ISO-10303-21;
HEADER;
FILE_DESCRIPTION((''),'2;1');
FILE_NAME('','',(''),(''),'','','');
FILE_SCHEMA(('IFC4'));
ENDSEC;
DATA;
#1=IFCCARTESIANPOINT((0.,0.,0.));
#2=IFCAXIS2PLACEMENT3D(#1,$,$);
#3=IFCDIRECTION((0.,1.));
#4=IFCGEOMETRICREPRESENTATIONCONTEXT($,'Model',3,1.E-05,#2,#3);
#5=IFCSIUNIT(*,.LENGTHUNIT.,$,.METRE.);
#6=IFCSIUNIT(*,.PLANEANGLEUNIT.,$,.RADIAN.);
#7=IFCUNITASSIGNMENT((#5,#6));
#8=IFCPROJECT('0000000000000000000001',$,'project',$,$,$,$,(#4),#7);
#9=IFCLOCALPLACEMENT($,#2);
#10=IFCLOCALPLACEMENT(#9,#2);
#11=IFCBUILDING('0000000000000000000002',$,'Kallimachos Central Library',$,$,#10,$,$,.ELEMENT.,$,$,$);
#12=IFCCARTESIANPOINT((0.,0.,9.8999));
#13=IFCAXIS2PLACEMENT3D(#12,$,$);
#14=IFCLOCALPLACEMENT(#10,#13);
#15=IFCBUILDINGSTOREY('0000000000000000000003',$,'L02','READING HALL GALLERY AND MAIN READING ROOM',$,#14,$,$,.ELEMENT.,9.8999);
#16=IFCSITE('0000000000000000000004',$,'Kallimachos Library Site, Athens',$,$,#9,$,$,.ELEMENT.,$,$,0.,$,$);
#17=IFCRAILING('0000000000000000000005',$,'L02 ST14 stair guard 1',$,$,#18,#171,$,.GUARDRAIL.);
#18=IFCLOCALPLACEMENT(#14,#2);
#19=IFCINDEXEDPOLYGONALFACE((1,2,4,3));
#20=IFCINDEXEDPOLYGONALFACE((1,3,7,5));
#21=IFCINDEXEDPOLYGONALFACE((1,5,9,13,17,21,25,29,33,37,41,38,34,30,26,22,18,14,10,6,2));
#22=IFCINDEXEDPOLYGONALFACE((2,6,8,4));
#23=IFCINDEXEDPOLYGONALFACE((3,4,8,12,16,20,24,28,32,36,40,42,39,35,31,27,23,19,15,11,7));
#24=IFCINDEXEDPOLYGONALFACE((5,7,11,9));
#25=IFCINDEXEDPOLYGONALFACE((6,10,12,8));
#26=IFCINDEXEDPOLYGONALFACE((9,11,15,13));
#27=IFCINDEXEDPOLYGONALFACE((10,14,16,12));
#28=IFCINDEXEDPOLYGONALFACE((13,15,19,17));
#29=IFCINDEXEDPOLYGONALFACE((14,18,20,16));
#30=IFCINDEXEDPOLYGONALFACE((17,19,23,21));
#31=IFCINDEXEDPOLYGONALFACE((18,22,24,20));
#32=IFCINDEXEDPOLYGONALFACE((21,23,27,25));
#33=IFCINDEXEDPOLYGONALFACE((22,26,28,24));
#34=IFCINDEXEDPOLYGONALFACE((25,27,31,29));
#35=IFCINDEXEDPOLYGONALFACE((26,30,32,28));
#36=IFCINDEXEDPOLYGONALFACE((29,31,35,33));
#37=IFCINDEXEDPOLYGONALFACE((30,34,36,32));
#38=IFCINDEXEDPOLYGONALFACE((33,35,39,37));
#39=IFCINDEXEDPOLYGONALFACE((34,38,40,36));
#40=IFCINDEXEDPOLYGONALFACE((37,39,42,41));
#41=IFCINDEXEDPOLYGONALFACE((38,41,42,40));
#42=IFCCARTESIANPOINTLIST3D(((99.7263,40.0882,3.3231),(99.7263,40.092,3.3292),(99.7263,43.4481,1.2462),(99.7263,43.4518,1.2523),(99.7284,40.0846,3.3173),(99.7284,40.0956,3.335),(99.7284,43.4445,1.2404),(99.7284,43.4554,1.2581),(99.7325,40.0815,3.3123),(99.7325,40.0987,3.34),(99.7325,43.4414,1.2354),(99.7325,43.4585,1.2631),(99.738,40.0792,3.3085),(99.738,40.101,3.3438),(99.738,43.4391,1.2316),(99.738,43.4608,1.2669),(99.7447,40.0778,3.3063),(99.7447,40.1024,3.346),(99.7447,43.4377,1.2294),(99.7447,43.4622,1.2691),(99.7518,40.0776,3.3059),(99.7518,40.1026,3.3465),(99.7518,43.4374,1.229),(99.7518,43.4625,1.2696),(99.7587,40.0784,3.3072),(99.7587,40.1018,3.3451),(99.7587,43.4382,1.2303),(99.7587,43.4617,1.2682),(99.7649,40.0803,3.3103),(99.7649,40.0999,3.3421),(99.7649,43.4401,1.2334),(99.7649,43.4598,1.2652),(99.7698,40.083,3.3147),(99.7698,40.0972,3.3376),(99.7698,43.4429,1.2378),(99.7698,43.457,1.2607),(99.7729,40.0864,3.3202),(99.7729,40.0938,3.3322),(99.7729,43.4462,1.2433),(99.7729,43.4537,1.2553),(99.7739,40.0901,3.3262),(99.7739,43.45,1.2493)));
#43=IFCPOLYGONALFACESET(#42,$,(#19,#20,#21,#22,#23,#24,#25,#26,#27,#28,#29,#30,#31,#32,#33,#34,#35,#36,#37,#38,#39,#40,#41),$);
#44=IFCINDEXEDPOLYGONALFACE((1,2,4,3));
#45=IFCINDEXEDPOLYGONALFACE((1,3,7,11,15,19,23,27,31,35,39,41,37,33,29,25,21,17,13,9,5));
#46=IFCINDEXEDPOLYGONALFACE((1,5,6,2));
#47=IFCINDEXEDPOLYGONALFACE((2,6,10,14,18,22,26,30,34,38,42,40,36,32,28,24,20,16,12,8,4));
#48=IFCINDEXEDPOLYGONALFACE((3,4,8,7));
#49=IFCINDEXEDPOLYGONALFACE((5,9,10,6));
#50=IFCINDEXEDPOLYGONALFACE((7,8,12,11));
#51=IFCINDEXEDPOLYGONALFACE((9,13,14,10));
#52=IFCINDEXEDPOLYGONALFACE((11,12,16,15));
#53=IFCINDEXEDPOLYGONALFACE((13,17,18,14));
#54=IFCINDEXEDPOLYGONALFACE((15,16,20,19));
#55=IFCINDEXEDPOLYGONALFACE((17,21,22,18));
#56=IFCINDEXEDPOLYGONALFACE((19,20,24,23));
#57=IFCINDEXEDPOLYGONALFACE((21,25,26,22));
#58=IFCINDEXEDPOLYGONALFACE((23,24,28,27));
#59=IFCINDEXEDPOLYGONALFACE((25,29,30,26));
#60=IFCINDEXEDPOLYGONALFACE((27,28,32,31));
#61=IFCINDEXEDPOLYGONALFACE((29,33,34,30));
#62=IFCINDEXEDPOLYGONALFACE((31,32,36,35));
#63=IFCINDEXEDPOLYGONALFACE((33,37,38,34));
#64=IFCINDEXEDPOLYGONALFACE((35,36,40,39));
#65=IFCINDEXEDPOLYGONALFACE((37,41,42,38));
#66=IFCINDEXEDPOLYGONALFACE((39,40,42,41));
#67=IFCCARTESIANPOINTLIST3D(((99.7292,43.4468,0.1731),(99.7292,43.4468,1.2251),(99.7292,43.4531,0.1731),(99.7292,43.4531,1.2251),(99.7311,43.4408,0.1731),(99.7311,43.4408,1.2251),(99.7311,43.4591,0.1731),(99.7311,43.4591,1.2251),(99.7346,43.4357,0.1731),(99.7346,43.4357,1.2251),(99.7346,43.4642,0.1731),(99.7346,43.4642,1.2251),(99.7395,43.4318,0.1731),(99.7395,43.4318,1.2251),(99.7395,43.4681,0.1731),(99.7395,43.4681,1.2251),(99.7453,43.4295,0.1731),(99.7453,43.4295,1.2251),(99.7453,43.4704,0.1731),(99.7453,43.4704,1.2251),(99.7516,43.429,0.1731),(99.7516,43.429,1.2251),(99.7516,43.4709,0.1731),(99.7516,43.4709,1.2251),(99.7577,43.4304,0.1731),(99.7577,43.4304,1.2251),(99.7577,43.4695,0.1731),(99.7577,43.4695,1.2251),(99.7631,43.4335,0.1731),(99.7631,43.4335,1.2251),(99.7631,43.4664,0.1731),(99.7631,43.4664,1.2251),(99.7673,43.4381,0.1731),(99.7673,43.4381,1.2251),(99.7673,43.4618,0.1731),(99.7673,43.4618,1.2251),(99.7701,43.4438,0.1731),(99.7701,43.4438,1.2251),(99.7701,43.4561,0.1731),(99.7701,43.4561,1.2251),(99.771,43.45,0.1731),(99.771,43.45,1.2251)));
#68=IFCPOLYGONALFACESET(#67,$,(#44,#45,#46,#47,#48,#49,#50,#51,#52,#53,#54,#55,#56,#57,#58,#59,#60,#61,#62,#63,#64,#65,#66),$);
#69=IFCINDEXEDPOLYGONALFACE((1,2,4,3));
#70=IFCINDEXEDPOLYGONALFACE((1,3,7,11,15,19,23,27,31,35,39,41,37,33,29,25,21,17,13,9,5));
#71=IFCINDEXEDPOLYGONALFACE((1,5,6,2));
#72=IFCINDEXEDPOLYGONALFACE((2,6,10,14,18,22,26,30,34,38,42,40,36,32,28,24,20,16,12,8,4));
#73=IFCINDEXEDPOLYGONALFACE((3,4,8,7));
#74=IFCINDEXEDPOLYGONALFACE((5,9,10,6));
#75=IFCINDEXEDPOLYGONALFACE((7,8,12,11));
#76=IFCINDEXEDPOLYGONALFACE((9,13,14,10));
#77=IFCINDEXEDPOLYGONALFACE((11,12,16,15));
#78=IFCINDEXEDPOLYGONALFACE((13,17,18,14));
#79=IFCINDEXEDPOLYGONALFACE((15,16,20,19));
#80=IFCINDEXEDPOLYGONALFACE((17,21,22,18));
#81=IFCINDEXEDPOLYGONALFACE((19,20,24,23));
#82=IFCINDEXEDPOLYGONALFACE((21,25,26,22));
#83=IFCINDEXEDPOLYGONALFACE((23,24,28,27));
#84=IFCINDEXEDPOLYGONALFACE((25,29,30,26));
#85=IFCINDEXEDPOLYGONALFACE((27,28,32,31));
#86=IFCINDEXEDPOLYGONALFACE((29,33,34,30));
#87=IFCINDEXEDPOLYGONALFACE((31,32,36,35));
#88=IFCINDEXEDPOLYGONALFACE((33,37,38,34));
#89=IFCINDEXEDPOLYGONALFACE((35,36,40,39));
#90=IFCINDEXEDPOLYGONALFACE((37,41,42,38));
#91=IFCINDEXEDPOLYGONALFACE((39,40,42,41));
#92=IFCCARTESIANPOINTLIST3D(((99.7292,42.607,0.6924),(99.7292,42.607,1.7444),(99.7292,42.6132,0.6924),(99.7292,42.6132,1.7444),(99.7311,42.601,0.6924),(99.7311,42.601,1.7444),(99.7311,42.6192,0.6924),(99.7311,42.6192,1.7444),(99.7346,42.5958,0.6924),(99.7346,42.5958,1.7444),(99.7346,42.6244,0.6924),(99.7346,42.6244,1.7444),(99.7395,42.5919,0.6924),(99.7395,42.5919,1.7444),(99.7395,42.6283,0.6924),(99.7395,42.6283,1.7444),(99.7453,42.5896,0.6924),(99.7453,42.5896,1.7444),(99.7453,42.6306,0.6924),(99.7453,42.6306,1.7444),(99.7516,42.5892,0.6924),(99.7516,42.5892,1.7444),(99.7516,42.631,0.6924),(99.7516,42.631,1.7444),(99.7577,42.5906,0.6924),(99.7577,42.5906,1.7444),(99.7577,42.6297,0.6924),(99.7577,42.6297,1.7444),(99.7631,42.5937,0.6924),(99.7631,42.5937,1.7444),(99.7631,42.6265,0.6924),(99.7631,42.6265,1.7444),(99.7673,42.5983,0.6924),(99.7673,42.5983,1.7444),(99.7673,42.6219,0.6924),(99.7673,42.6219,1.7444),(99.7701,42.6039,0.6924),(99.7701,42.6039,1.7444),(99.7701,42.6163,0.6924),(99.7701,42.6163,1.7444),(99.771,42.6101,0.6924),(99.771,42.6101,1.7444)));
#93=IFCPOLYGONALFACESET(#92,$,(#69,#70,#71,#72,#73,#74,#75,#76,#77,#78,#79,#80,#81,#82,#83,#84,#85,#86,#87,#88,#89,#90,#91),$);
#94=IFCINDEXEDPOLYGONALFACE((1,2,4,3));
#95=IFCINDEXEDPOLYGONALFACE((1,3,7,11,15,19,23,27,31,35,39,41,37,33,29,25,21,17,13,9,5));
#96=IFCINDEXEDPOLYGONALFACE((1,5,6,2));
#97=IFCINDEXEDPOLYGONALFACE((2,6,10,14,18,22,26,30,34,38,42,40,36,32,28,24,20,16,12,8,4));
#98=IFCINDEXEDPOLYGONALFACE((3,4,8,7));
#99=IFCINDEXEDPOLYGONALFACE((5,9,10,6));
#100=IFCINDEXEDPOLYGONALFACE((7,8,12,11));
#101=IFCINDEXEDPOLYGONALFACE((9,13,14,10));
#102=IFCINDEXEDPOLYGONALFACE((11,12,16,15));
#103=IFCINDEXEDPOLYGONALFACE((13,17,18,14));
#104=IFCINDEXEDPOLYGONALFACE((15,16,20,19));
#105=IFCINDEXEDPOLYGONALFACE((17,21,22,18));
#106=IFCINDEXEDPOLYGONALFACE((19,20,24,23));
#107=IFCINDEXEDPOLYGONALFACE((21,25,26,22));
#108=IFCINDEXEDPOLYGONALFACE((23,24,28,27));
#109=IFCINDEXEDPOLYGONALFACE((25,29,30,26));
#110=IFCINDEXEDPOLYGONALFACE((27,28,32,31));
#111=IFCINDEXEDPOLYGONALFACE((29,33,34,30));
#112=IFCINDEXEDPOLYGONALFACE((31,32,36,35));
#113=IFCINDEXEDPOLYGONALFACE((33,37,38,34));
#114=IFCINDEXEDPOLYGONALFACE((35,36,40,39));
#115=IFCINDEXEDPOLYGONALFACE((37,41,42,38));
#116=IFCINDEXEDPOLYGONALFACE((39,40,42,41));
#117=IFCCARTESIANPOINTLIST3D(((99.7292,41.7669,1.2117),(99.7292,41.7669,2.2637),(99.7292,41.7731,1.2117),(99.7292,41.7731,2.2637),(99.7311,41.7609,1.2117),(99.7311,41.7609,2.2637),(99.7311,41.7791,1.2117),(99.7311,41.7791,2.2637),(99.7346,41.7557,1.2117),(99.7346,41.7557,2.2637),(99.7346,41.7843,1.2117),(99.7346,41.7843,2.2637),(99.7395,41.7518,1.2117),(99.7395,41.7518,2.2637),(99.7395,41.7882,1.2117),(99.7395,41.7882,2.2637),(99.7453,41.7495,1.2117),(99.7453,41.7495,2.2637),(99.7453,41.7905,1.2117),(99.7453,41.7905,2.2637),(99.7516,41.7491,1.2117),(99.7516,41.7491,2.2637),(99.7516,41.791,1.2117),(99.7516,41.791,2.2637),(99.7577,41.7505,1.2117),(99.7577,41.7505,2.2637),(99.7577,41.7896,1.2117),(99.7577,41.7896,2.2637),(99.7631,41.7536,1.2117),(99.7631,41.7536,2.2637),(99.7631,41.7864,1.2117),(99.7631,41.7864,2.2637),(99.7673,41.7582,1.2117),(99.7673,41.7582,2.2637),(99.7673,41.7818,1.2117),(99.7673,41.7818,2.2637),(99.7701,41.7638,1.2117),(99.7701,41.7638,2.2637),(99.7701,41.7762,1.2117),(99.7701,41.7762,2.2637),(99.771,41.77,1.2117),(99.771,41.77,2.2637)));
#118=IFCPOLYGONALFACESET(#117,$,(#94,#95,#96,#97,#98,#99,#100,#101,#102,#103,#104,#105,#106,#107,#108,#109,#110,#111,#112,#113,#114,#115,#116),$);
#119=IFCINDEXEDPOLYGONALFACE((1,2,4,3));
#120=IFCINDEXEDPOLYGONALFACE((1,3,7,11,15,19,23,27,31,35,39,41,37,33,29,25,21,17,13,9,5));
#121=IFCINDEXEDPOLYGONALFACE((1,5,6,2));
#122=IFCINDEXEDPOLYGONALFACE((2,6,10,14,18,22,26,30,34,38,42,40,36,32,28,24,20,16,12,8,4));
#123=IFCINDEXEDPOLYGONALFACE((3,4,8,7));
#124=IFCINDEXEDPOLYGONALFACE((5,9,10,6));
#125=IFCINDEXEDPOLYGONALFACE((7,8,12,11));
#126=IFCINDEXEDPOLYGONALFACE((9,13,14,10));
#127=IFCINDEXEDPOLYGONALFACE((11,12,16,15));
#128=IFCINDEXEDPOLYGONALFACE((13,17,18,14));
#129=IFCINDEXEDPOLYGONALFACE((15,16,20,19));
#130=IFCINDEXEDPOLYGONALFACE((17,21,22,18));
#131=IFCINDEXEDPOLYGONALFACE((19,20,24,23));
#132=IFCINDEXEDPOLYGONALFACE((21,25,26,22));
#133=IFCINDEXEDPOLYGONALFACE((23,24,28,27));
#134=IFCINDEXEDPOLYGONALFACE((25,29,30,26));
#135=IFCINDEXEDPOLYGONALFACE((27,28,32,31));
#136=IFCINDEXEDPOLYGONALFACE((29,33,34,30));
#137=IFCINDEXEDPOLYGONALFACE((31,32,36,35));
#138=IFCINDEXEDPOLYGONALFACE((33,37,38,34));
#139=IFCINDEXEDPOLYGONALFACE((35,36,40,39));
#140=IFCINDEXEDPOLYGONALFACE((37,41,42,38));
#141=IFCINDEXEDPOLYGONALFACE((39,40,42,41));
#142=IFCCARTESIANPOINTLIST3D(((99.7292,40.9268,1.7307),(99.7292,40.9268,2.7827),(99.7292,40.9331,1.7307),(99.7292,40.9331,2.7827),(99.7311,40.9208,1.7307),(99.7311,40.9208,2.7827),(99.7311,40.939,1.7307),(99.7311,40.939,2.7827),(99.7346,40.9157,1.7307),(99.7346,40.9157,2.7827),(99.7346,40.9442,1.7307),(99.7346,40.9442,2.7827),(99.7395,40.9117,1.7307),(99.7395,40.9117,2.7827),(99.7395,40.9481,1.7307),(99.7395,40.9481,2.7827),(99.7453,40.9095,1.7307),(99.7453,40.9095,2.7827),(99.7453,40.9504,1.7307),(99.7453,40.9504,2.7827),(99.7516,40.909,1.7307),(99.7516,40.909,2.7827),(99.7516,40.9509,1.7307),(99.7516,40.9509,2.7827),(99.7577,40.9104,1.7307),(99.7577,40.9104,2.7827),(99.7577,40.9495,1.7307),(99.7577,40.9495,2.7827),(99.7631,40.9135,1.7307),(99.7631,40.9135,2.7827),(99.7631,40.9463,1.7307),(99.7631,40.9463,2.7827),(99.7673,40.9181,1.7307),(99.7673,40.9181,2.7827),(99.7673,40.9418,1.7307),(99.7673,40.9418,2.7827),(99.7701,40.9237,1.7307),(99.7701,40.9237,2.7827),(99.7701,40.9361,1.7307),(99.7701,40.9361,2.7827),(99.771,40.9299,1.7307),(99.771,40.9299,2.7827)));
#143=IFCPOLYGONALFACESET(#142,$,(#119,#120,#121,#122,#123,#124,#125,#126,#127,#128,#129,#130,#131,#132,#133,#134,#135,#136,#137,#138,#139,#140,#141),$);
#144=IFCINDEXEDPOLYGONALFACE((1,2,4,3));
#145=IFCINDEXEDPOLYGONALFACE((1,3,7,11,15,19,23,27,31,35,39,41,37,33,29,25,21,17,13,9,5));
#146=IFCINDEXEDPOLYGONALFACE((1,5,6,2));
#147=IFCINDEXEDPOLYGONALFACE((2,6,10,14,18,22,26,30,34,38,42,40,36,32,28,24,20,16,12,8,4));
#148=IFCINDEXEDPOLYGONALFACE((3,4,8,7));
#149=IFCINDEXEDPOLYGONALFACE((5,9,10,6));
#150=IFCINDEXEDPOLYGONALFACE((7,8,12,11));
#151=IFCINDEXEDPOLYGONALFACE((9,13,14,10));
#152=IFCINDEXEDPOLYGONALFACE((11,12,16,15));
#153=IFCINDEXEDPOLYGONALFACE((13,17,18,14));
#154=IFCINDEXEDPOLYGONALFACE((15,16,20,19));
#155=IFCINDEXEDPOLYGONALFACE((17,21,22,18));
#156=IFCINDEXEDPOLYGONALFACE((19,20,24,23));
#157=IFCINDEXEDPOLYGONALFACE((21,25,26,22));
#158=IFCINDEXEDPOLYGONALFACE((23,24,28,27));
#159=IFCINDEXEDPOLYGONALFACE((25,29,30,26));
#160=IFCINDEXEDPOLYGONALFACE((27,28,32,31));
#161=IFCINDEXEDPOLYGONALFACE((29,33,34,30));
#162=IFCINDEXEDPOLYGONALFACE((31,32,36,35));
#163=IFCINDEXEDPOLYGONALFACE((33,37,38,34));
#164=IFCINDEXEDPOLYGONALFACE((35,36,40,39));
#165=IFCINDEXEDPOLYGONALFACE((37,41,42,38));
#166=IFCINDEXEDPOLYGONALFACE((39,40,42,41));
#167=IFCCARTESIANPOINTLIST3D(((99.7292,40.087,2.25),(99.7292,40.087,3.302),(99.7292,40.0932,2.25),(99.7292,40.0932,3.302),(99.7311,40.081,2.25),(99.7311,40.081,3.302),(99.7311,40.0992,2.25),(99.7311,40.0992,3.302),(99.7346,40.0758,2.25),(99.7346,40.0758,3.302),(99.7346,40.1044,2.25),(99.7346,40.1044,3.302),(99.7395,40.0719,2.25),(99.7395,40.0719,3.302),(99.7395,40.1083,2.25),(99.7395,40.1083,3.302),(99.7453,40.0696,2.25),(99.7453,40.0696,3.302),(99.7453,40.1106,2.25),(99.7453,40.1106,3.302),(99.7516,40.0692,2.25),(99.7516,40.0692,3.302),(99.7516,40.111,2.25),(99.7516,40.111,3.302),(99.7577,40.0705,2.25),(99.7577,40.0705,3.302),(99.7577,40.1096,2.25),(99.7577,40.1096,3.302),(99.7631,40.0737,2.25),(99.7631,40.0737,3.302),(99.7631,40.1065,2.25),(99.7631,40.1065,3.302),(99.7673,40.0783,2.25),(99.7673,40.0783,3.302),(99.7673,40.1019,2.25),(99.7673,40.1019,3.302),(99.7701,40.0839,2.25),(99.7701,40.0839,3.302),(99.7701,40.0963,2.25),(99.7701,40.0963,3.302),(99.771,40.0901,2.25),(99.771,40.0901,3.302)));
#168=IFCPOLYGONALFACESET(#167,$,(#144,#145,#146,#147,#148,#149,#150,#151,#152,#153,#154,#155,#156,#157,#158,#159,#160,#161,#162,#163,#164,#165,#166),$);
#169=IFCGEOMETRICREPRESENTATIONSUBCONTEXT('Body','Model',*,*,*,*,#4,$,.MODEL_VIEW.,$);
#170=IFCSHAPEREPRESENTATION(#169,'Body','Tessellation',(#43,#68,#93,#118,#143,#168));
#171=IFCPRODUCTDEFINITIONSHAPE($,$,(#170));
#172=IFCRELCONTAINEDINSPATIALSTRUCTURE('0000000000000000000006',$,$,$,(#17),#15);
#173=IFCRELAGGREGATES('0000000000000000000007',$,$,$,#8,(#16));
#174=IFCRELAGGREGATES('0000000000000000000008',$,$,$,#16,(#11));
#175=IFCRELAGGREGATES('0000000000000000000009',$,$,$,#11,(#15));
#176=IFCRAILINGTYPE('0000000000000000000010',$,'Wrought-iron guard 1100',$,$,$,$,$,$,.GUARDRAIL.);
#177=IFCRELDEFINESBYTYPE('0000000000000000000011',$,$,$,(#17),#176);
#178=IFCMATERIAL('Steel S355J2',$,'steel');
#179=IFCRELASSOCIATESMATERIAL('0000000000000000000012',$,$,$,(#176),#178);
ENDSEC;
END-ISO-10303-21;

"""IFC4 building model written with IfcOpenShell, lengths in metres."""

from ifc_helpers import new_model, si_unit, direction, frame, origin, origin_2d, place, context, subcontext, project, spatial, circle, extrude, material, type_object, element, save


model = new_model("IFC4")

# Units and contexts
model_context = context("Model", 3, precision=1e-05, world=origin(), true_north=direction((0.0, 1.0)))
body_context = subcontext(model_context, "Body", "Model", "MODEL_VIEW")
ifc_project = project(units=[si_unit("LENGTHUNIT", "METRE"), si_unit("PLANEANGLEUNIT", "RADIAN")], contexts=[model_context])

# Site, building, storey
site_placement = place(None, origin())
site = spatial("IfcSite", under=ifc_project, at=site_placement, Name="Kallimachos Library Site, Athens", CompositionType="ELEMENT", RefElevation=0.0)
building_placement = place(site_placement, origin())
building = spatial("IfcBuilding", under=site, at=building_placement, Name="Kallimachos Central Library", CompositionType="ELEMENT")
storey_placement = place(building_placement, frame((0.0, 0.0, 9.8999)))
storey = spatial("IfcBuildingStorey", under=building, at=storey_placement, Name="L02", Description="READING HALL GALLERY AND MAIN READING ROOM", CompositionType="ELEMENT", Elevation=9.8999)

# Railing
ifc_material_1 = material(Name="Steel S355J2", Category="steel")
railing_type = type_object("IfcRailingType", Name="Wrought-iron guard 1100", PredefinedType="GUARDRAIL", material=ifc_material_1)
railing_1_placement = place(storey_placement, frame((99.75, 43.45, 0.1731)))
element("IfcRailing", 1, at=railing_1_placement, inside=storey, type_object=railing_type, Name="L02 ST14 stair guard 1", PredefinedType="GUARDRAIL", context=body_context, shape_type="SweptSolid", body=[
    extrude(circle(Radius=0.0239, at=origin_2d()), frame((0.0, 0.0, 1.0762), z_axis=(0.0, -0.850606, 0.525803), x_axis=(1.0, 0.0, 0.0)), (0.0, 0.0, 1.0), 3.95),
    extrude(circle(Radius=0.021, at=origin_2d()), origin(), (0.0, 0.0, 1.0), 1.052),
    extrude(circle(Radius=0.021, at=origin_2d()), frame((0.0, -0.8398, 0.5193)), (0.0, 0.0, 1.0), 1.052),
    extrude(circle(Radius=0.021, at=origin_2d()), frame((0.0, -1.6799, 1.0386)), (0.0, 0.0, 1.0), 1.052),
    extrude(circle(Radius=0.021, at=origin_2d()), frame((0.0, -2.52, 1.5576)), (0.0, 0.0, 1.0), 1.052),
    extrude(circle(Radius=0.021, at=origin_2d()), frame((0.0, -3.3599, 2.0769)), (0.0, 0.0, 1.0), 1.052),
])

save(model, "model.ifc")
